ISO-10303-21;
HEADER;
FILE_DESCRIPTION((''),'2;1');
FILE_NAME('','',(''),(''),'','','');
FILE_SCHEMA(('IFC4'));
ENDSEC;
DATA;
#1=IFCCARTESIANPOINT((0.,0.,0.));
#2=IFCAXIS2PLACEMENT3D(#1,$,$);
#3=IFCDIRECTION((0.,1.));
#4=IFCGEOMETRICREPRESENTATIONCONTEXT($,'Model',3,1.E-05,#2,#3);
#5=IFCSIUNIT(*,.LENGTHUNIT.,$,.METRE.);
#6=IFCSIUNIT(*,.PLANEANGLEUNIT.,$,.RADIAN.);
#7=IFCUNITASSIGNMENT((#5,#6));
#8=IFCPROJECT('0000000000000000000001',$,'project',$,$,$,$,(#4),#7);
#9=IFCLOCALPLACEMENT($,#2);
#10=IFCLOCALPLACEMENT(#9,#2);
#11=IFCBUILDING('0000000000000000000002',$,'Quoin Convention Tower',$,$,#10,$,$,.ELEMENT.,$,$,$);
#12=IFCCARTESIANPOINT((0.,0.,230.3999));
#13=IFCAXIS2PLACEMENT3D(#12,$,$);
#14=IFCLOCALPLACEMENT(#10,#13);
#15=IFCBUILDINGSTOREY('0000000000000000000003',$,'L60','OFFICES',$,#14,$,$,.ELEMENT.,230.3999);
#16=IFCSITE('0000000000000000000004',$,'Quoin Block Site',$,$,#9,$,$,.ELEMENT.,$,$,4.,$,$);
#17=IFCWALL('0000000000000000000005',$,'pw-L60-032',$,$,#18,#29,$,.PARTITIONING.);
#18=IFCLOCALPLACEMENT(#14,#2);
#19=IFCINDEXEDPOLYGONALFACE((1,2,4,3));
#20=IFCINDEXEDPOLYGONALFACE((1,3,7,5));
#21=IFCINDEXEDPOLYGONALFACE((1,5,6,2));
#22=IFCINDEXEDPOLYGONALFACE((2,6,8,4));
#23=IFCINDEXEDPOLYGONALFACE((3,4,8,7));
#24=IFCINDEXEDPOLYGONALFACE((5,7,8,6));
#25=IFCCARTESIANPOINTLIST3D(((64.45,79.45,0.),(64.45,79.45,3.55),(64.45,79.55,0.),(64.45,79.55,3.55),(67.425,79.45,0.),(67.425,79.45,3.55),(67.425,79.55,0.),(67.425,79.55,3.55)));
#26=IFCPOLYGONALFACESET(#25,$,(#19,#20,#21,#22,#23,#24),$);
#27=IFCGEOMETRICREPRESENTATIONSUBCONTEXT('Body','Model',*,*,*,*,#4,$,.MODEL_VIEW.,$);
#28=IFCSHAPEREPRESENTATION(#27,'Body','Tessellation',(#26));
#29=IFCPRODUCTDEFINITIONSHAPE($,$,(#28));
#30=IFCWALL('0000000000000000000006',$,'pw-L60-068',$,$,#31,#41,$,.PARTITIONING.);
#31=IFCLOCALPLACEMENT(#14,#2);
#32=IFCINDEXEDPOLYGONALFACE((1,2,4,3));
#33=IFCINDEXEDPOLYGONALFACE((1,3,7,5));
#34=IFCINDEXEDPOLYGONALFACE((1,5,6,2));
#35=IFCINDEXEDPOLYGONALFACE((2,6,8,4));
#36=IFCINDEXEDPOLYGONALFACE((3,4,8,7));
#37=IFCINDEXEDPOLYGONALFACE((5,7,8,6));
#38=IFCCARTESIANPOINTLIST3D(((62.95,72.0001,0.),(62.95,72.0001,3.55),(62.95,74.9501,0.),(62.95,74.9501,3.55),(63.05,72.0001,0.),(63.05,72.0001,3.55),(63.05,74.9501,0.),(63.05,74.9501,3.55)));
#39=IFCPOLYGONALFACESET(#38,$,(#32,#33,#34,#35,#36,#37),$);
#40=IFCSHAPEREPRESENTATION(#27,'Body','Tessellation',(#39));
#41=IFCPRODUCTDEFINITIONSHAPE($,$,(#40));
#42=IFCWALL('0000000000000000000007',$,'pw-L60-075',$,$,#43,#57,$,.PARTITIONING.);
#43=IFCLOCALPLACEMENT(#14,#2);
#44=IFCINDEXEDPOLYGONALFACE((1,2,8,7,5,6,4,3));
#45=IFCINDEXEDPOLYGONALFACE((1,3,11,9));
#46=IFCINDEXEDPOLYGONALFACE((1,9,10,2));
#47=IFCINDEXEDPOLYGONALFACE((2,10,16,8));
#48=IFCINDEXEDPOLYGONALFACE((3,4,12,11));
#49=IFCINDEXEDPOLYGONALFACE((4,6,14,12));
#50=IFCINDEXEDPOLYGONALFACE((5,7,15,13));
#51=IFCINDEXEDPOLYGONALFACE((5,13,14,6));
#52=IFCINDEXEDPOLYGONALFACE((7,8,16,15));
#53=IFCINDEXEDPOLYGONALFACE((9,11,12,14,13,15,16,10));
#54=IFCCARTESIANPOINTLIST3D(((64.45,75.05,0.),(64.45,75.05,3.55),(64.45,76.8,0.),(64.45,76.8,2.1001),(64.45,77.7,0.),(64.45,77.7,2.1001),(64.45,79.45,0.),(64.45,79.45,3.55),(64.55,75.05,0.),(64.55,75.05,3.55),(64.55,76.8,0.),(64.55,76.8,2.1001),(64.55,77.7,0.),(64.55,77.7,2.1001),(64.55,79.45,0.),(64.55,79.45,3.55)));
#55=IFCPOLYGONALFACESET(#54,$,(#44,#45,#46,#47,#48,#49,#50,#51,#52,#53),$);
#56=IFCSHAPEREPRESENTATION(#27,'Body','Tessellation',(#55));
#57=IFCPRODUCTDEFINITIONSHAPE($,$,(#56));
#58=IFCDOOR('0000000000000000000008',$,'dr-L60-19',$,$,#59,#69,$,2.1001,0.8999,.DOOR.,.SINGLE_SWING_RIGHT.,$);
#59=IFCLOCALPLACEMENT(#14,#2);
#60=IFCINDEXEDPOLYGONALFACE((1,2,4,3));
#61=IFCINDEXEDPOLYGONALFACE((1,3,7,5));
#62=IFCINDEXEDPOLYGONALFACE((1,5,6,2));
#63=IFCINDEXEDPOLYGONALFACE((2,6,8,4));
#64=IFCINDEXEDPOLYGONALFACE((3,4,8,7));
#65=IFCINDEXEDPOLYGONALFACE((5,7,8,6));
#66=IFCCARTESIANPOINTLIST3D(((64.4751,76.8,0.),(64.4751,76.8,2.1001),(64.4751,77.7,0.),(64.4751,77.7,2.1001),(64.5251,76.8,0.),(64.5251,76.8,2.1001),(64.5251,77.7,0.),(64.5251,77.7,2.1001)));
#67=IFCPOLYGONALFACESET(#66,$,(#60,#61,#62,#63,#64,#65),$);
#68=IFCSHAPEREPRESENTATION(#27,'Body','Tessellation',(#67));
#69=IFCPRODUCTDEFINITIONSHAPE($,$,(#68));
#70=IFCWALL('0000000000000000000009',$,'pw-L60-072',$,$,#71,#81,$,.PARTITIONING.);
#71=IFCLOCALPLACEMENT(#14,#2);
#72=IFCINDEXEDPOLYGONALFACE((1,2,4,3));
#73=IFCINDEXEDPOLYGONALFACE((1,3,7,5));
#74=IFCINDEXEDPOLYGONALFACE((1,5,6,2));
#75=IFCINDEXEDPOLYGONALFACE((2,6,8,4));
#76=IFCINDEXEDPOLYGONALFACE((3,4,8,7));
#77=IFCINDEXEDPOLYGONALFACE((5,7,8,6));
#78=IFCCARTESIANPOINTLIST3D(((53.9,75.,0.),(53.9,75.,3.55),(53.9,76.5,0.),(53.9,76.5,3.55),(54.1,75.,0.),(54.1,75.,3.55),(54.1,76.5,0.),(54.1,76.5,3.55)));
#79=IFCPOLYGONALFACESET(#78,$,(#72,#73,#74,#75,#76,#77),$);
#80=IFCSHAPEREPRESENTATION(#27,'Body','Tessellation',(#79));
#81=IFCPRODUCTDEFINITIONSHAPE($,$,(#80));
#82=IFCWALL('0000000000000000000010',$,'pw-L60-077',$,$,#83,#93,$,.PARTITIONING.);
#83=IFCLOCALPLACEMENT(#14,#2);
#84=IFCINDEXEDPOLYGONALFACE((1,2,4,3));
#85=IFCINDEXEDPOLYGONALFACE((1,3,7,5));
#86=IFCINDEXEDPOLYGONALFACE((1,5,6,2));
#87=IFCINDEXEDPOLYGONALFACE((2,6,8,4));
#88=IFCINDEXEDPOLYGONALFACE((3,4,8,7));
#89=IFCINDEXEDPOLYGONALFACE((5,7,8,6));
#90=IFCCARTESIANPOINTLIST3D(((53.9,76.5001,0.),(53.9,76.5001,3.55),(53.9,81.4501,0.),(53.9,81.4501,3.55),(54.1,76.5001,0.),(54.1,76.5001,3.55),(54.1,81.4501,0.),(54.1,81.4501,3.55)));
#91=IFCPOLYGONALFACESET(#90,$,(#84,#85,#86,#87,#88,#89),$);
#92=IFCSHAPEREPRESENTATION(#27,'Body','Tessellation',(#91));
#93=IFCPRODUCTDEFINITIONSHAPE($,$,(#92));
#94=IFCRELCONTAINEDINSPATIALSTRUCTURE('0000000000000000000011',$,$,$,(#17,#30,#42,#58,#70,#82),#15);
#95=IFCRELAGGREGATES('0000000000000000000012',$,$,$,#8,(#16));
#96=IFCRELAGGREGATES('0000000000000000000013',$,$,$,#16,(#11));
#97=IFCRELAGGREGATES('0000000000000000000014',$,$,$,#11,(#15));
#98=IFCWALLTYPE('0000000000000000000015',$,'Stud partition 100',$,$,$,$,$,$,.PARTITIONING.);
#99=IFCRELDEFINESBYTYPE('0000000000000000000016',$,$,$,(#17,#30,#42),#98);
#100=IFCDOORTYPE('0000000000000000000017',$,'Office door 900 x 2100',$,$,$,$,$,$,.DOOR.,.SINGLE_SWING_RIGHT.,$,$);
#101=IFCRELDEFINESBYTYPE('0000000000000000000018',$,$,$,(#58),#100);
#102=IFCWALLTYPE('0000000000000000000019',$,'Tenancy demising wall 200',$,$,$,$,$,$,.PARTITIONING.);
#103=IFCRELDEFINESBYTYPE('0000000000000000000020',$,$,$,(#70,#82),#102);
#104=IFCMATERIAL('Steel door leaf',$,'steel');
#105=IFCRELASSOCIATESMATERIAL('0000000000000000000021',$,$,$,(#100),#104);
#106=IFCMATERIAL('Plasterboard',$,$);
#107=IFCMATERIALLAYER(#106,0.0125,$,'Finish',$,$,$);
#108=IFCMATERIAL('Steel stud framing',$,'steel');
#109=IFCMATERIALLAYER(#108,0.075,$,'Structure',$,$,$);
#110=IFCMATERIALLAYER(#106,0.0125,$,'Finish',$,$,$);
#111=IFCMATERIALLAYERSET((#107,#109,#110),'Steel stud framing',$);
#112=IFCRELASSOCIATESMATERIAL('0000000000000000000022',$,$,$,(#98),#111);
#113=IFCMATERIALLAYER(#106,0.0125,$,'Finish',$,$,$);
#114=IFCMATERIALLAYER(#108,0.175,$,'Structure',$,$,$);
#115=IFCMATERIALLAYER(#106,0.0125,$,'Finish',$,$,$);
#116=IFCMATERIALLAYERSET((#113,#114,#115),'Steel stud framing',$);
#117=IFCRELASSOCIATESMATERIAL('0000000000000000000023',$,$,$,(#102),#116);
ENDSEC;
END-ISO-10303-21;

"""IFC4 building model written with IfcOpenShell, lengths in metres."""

from ifc_helpers import new_model, si_unit, direction, frame, frame_2d, origin, place, context, subcontext, project, spatial, rectangle, extrude, material, layer, layer_set, type_object, element, fill, save


model = new_model("IFC4")

# Units and contexts
model_context = context("Model", 3, precision=1e-05, world=origin(), true_north=direction((0.0, 1.0)))
body_context = subcontext(model_context, "Body", "Model", "MODEL_VIEW")
ifc_project = project(units=[si_unit("LENGTHUNIT", "METRE"), si_unit("PLANEANGLEUNIT", "RADIAN")], contexts=[model_context])

# Site, building, storey
site_placement = place(None, origin())
site = spatial("IfcSite", under=ifc_project, at=site_placement, Name="Quoin Block Site", CompositionType="ELEMENT", RefElevation=4.0)
building_placement = place(site_placement, origin())
building = spatial("IfcBuilding", under=site, at=building_placement, Name="Quoin Convention Tower", CompositionType="ELEMENT")
storey_placement = place(building_placement, frame((0.0, 0.0, 230.3999)))
storey = spatial("IfcBuildingStorey", under=building, at=storey_placement, Name="L60", Description="OFFICES", CompositionType="ELEMENT", Elevation=230.3999)

# Shared definitions
ifc_material_1 = material(Name="Plasterboard")
ifc_material_2 = material(Name="Steel stud framing", Category="steel")
ifc_material_3 = material(Name="Steel door leaf", Category="steel")
door_type_1 = type_object("IfcDoorType", Name="Office door 900 x 2100", OperationType="SINGLE_SWING_RIGHT", PredefinedType="DOOR", material=ifc_material_3)

# Shared definitions
ifc_layer_1 = layer(ifc_material_1, 0.0125, Name="Finish")
ifc_layer_2 = layer(ifc_material_2, 0.075, Name="Structure")
ifc_layer_3 = layer(ifc_material_1, 0.0125, Name="Finish")
ifc_layer_set_1 = layer_set([ifc_layer_1, ifc_layer_2, ifc_layer_3], Name="Steel stud framing")
wall_type_1 = type_object("IfcWallType", Name="Stud partition 100", PredefinedType="PARTITIONING", material=ifc_layer_set_1)

# Walls
wall_1_placement = place(storey_placement, frame((64.45, 79.5, 0.0), z_axis=(0.0, 0.0, 1.0), x_axis=(1.0, 0.0, 0.0)))
element("IfcWall", 1, at=wall_1_placement, inside=storey, type_object=wall_type_1, Name="pw-L60-032", PredefinedType="PARTITIONING", context=body_context, shape_type="SweptSolid", body=[
    extrude(rectangle(XDim=2.9751, YDim=0.1001, at=frame_2d((1.4875, 0.0))), origin(), (0.0, 0.0, 1.0), 3.55),
])
wall_2_placement = place(storey_placement, frame((63.0, 72.0, 0.0), z_axis=(0.0, 0.0, 1.0), x_axis=(0.0, 1.0, 0.0)))
element("IfcWall", 2, at=wall_2_placement, inside=storey, type_object=wall_type_1, Name="pw-L60-068", PredefinedType="PARTITIONING", context=body_context, shape_type="SweptSolid", body=[
    extrude(rectangle(XDim=2.95, YDim=0.1001, at=frame_2d((1.4751, 0.0))), origin(), (0.0, 0.0, 1.0), 3.55),
])

# Wall, opening, door
wall_3_placement = place(storey_placement, frame((64.5, 75.05, 0.0), z_axis=(0.0, 0.0, 1.0), x_axis=(0.0, 1.0, 0.0)))
wall_3 = element("IfcWall", 3, at=wall_3_placement, inside=storey, type_object=wall_type_1, Name="pw-L60-075", PredefinedType="PARTITIONING", context=body_context, shape_type="SweptSolid", body=[
    extrude(rectangle(XDim=4.3999, YDim=0.1001, at=frame_2d((2.2, 0.0))), origin(), (0.0, 0.0, 1.0), 3.55),
])
opening_1_placement = place(wall_3_placement, frame((1.75, 0.0, 0.0)))
opening_1 = element("IfcOpeningElement", 4, at=opening_1_placement, cuts=wall_3, PredefinedType="OPENING", context=body_context, shape_type="SweptSolid", body=[
    extrude(rectangle(XDim=0.8999, YDim=2.1001, at=frame_2d((0.45, 1.05))), frame((0.0, 0.0601, 0.0), z_axis=(0.0, -1.0, 0.0), x_axis=(1.0, 0.0, 0.0)), (0.0, 0.0, 1.0), 0.1201),
])
door_1_placement = place(opening_1_placement, origin())
door_1 = element("IfcDoor", 5, at=door_1_placement, inside=storey, type_object=door_type_1, Name="dr-L60-19", OperationType="SINGLE_SWING_RIGHT", OverallHeight=2.1001, OverallWidth=0.8999, PredefinedType="DOOR", context=body_context, shape_type="SweptSolid", body=[
    extrude(rectangle(XDim=0.8999, YDim=2.1001, at=frame_2d((0.45, 1.05))), frame((0.0, 0.0249, 0.0), z_axis=(0.0, -1.0, 0.0), x_axis=(1.0, 0.0, 0.0)), (0.0, 0.0, 1.0), 0.05),
])
fill(opening_1, door_1)

# Walls
ifc_layer_4 = layer(ifc_material_1, 0.0125, Name="Finish")
ifc_layer_5 = layer(ifc_material_2, 0.175, Name="Structure")
ifc_layer_6 = layer(ifc_material_1, 0.0125, Name="Finish")
ifc_layer_set_2 = layer_set([ifc_layer_4, ifc_layer_5, ifc_layer_6], Name="Steel stud framing")
wall_type_2 = type_object("IfcWallType", Name="Tenancy demising wall 200", PredefinedType="PARTITIONING", material=ifc_layer_set_2)
wall_4_placement = place(storey_placement, frame((54.0, 75.0, 0.0), z_axis=(0.0, 0.0, 1.0), x_axis=(0.0, 1.0, 0.0)))
element("IfcWall", 6, at=wall_4_placement, inside=storey, type_object=wall_type_2, Name="pw-L60-072", PredefinedType="PARTITIONING", context=body_context, shape_type="SweptSolid", body=[
    extrude(rectangle(XDim=1.5, YDim=0.2, at=frame_2d((0.75, 0.0))), origin(), (0.0, 0.0, 1.0), 3.55),
])
wall_5_placement = place(storey_placement, frame((54.0, 76.5, 0.0), z_axis=(0.0, 0.0, 1.0), x_axis=(0.0, 1.0, 0.0)))
element("IfcWall", 7, at=wall_5_placement, inside=storey, type_object=wall_type_2, Name="pw-L60-077", PredefinedType="PARTITIONING", context=body_context, shape_type="SweptSolid", body=[
    extrude(rectangle(XDim=4.95, YDim=0.2, at=frame_2d((2.4751, 0.0))), origin(), (0.0, 0.0, 1.0), 3.55),
])

save(model, "model.ifc")
